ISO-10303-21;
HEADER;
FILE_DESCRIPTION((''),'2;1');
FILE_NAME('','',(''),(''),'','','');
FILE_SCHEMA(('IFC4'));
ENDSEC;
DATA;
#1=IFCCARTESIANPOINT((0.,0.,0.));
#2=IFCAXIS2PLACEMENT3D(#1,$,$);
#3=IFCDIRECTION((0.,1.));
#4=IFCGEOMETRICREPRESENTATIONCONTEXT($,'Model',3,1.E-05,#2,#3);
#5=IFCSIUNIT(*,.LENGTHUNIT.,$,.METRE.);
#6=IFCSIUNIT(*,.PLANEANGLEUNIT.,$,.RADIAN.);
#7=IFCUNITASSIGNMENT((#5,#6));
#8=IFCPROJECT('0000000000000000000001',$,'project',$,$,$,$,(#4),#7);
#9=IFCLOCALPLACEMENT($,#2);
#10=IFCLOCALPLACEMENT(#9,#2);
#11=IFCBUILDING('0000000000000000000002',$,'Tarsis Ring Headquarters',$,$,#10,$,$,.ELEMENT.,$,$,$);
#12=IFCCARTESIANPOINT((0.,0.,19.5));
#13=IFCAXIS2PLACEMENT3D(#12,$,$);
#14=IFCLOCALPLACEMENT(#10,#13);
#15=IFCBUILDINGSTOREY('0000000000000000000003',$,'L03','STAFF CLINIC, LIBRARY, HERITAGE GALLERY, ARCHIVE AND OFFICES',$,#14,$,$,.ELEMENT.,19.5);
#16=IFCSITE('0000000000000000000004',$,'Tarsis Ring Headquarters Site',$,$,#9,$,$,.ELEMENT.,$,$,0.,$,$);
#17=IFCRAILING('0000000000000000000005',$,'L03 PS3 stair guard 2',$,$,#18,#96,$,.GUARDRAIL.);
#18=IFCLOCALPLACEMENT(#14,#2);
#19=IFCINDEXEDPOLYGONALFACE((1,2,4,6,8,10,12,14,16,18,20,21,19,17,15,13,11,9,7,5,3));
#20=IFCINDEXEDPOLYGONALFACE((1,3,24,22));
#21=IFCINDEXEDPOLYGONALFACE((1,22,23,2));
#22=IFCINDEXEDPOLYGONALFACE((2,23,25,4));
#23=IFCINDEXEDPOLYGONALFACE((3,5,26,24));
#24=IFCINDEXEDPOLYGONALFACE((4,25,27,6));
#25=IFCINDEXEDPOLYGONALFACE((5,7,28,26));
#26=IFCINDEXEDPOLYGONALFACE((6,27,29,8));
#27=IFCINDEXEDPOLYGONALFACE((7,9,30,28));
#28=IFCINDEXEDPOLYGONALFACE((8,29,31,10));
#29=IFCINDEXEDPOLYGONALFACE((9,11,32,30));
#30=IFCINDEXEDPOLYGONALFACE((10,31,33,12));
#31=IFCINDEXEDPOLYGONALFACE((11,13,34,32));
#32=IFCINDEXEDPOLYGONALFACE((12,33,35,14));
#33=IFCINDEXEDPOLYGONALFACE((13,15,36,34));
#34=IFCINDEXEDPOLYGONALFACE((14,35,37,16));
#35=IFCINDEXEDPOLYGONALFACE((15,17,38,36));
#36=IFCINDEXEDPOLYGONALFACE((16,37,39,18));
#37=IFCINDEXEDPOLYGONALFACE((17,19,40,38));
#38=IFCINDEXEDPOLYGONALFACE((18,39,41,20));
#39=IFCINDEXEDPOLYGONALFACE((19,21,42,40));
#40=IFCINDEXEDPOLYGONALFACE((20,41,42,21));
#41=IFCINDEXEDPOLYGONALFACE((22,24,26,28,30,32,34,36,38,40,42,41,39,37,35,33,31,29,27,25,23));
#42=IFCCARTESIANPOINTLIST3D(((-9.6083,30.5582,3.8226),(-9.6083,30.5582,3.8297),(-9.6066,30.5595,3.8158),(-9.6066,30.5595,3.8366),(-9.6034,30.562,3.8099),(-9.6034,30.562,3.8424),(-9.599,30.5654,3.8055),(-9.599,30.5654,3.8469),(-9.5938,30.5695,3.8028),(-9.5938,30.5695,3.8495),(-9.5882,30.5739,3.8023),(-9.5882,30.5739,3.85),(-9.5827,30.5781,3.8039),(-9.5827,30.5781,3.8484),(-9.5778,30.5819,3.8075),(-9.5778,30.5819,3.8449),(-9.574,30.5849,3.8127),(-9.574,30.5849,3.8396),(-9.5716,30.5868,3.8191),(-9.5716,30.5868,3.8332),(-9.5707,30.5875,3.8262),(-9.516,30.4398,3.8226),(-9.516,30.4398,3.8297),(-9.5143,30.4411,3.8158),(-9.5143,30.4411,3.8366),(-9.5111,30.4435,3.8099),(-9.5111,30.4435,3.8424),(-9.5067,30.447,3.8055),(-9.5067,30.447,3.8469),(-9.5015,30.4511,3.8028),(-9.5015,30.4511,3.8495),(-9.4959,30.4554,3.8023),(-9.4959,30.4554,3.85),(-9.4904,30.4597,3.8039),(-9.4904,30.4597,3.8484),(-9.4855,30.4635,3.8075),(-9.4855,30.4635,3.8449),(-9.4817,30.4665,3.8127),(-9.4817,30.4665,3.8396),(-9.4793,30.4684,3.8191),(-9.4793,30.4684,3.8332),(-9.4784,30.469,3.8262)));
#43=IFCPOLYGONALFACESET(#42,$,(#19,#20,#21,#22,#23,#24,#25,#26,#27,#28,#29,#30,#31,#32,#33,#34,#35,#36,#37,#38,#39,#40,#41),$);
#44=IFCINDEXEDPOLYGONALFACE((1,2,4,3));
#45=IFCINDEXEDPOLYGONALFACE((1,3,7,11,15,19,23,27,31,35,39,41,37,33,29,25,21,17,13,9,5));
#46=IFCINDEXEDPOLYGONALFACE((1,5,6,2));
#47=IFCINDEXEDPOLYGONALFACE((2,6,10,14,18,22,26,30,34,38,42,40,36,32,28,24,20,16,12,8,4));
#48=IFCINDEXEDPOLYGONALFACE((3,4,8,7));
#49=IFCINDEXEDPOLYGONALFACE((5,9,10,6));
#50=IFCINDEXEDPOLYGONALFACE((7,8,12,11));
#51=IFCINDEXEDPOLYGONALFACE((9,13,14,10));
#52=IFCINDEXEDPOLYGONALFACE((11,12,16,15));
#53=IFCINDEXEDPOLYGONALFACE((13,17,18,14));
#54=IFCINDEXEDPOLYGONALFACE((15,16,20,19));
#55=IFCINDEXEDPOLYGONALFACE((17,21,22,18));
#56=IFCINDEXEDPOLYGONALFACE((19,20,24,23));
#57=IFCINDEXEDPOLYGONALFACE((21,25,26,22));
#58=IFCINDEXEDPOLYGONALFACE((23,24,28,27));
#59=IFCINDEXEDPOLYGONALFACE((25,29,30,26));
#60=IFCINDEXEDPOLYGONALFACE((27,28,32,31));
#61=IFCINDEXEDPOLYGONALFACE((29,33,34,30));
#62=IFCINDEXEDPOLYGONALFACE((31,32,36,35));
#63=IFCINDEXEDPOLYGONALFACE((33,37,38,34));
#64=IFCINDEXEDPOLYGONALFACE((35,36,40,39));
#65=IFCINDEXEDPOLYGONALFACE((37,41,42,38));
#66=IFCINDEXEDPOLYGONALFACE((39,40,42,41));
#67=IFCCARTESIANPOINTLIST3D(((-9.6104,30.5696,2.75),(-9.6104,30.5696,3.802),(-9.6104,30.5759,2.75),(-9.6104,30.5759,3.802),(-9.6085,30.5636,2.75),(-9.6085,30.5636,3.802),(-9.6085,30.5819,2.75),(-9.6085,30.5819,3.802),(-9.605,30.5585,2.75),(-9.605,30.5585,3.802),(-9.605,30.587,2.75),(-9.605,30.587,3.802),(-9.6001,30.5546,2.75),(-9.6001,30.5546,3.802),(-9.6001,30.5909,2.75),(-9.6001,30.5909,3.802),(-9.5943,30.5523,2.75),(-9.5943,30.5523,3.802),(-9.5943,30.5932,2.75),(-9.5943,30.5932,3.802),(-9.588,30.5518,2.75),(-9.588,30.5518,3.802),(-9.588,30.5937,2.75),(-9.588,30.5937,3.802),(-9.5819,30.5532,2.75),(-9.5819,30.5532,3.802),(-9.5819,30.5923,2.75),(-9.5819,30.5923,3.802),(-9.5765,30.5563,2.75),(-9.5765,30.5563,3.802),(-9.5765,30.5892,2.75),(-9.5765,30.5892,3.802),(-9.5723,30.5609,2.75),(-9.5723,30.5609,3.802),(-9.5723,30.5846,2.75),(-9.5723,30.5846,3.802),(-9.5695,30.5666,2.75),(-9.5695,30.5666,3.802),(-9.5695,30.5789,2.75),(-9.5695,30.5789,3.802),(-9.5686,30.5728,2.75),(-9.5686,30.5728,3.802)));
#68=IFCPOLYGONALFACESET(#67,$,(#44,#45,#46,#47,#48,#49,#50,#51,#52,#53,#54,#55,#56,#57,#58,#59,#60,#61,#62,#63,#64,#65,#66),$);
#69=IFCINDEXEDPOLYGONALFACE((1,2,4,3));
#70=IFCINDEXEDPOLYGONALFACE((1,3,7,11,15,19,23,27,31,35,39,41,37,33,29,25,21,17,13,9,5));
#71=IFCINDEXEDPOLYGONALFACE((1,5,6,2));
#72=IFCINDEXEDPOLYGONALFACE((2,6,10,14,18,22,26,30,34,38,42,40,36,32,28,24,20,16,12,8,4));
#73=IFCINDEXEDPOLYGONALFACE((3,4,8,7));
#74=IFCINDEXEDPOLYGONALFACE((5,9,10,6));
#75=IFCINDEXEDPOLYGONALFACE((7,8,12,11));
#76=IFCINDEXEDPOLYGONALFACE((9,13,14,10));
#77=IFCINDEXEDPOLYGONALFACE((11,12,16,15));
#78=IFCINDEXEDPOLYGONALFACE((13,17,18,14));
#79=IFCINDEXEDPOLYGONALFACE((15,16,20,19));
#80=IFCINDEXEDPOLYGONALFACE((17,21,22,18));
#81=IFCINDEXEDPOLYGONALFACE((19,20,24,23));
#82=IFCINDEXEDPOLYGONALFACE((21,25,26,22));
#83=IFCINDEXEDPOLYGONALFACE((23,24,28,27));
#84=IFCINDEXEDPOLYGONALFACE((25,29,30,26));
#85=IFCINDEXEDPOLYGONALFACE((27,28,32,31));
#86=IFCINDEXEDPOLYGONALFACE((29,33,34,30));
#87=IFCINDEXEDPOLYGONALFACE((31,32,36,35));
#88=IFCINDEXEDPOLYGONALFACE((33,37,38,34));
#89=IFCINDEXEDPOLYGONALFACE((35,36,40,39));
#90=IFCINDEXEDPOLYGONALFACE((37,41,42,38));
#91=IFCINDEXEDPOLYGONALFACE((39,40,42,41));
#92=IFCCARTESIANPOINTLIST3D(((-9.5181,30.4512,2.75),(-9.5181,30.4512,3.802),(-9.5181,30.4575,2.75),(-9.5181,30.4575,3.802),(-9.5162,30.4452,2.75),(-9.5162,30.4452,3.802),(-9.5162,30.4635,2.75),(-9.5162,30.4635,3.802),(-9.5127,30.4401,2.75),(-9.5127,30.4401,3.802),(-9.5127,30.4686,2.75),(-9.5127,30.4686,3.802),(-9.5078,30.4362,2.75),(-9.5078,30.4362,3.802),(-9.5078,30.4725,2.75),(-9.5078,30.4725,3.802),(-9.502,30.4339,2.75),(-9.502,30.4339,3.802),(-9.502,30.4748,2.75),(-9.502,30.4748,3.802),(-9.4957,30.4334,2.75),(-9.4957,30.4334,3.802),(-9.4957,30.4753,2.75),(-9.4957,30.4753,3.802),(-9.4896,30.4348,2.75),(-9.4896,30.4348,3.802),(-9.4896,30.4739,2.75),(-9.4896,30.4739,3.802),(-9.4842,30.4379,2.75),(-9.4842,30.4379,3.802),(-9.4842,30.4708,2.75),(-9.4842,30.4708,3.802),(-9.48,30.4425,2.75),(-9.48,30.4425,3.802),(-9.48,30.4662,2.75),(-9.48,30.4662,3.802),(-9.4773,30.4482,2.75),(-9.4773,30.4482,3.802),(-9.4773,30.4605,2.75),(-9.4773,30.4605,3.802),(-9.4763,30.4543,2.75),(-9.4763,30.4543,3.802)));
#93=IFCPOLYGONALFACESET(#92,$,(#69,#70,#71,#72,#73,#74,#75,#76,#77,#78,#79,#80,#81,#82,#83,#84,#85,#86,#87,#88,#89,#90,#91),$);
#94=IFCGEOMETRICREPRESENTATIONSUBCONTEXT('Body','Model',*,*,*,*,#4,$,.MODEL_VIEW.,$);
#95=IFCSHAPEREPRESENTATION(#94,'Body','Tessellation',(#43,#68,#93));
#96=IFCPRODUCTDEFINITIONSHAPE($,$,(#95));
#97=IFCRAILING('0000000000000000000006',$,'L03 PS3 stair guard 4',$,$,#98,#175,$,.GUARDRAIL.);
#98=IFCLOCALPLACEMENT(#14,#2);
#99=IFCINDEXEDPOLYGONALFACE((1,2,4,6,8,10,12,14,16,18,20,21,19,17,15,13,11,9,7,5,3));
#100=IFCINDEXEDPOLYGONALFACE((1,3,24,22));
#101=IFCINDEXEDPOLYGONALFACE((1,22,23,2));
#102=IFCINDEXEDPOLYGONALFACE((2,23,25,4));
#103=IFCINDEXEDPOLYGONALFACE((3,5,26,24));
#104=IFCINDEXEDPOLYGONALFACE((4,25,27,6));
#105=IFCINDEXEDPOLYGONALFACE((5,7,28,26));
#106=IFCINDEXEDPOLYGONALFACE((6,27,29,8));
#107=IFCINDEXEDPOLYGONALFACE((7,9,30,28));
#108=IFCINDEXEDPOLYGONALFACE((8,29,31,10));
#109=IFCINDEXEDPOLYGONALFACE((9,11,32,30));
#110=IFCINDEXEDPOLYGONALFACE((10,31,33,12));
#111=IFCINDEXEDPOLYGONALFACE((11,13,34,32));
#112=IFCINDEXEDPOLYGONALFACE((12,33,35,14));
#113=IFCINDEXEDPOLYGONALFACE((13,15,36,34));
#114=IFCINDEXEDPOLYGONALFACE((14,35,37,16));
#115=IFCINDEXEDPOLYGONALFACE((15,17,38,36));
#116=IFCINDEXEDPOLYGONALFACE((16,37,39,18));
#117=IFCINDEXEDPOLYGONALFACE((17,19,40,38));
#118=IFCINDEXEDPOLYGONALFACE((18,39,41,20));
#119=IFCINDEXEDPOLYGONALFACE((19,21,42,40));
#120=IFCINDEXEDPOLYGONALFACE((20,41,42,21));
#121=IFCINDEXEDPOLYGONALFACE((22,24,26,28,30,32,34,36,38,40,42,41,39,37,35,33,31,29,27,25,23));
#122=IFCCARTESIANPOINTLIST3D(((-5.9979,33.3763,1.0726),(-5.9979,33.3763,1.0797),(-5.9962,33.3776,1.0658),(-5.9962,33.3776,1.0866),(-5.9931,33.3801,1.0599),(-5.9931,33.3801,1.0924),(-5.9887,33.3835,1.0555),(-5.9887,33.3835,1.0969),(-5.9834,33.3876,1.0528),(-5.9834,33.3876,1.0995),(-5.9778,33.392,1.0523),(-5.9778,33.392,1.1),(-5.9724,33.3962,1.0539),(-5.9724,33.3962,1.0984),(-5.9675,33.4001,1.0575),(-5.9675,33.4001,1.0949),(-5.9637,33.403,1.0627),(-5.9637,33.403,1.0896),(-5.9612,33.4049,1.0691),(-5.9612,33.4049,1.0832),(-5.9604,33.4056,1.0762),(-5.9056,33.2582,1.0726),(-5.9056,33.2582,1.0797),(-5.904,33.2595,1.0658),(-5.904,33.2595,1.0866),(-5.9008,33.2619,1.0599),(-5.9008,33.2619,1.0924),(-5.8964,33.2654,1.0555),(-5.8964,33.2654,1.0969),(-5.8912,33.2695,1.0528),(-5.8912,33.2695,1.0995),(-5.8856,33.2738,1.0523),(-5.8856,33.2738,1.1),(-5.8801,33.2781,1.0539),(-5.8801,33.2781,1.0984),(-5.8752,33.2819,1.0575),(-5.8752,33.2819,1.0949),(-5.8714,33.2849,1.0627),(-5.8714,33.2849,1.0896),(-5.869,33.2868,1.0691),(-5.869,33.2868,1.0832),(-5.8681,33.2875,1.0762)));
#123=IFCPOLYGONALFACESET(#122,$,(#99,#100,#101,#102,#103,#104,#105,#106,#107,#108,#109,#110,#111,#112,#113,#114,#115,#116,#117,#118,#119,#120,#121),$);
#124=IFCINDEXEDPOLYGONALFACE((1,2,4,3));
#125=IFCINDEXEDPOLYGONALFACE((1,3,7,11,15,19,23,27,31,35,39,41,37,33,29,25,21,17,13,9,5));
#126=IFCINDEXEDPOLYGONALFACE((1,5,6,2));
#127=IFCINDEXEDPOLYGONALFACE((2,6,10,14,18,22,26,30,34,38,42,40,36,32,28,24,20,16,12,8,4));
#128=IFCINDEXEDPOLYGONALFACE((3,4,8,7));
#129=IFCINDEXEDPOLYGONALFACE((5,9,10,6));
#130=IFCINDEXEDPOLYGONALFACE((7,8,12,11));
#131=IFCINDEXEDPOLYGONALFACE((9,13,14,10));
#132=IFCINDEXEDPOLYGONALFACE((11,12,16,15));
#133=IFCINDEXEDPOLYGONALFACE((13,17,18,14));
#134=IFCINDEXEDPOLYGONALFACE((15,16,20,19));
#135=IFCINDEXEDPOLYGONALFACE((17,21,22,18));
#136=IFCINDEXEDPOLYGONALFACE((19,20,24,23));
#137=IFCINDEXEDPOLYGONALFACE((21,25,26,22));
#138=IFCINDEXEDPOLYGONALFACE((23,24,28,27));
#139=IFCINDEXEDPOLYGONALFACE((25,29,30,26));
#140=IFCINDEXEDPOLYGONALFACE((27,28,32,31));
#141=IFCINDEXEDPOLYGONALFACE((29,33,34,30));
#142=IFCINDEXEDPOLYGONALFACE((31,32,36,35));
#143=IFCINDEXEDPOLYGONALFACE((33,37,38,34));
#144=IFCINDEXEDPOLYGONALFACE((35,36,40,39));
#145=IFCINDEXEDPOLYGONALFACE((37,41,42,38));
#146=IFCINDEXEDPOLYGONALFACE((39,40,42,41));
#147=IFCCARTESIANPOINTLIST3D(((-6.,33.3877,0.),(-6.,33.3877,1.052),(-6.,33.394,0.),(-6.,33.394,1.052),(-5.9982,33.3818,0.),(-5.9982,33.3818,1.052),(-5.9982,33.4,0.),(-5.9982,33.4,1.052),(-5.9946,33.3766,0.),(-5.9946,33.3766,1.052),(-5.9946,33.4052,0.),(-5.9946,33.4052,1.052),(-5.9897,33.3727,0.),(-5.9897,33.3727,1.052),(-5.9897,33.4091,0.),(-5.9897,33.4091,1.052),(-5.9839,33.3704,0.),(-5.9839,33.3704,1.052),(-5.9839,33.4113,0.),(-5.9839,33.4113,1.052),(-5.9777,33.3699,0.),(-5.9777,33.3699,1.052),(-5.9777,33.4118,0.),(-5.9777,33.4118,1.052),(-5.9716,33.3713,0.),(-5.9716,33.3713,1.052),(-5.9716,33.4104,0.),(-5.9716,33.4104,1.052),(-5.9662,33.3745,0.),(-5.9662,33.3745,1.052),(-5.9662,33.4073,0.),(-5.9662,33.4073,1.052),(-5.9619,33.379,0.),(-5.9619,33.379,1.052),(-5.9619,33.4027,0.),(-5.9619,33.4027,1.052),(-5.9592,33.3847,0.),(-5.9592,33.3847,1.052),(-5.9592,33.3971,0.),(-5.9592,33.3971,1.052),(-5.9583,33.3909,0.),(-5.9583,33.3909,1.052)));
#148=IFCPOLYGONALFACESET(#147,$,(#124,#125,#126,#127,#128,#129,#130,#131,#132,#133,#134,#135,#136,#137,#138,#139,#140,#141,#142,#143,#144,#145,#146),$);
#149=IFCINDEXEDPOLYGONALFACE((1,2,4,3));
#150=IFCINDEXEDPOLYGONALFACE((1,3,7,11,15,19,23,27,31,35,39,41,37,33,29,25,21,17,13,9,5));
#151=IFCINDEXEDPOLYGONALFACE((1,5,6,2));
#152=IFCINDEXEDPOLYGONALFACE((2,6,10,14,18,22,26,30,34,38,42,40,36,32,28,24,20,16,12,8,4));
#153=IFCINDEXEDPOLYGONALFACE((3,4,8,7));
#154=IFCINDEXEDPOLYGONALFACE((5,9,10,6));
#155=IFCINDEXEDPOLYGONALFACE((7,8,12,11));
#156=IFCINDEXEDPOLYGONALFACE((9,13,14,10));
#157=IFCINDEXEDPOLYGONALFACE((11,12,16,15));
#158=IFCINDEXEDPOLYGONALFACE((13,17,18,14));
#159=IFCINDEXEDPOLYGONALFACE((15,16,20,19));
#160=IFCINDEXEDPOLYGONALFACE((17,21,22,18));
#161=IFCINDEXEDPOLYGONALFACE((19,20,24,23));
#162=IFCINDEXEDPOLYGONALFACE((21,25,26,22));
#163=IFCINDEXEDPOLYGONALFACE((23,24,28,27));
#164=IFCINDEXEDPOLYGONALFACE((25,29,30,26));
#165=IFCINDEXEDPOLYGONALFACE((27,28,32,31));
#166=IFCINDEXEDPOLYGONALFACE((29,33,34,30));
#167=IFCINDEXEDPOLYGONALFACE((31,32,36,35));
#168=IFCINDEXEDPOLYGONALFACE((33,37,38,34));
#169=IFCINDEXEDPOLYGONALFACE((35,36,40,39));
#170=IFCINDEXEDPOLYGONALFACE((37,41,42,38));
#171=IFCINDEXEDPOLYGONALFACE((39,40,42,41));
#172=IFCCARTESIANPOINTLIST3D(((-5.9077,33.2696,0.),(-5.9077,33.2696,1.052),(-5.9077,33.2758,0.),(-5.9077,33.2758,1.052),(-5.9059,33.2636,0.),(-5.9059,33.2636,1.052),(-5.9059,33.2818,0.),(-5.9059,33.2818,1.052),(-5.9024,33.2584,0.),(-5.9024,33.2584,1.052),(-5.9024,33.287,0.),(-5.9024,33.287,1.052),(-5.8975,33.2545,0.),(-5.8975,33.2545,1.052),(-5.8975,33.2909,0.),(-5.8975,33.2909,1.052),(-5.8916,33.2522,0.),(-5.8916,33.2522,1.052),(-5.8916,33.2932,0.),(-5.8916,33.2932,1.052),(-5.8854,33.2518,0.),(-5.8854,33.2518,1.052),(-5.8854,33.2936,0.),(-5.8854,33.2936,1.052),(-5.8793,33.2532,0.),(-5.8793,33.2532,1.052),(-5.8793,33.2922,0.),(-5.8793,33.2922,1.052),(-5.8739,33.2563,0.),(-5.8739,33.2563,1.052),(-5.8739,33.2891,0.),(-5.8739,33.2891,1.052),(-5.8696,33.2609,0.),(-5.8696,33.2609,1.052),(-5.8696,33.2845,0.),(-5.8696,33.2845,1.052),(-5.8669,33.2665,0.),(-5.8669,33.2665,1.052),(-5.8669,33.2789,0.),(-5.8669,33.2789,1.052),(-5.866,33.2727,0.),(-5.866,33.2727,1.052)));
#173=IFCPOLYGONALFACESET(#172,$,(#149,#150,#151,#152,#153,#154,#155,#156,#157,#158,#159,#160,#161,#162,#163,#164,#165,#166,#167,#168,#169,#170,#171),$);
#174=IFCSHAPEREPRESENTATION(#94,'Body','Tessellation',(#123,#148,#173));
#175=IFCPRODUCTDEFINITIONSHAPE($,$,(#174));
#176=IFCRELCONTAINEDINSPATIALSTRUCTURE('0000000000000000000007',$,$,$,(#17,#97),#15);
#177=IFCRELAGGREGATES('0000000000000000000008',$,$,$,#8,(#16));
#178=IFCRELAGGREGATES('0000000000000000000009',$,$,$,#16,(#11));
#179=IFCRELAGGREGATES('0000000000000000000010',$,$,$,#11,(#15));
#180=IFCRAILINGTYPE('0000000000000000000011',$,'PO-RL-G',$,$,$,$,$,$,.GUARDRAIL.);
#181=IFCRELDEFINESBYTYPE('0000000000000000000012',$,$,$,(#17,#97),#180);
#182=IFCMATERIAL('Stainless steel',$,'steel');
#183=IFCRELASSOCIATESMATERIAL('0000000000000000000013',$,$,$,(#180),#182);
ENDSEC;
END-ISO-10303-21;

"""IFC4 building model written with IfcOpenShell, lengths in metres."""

from ifc_helpers import new_model, si_unit, direction, frame, origin, origin_2d, place, context, subcontext, project, spatial, circle, extrude, material, type_object, element, save


model = new_model("IFC4")

# Units and contexts
model_context = context("Model", 3, precision=1e-05, world=origin(), true_north=direction((0.0, 1.0)))
body_context = subcontext(model_context, "Body", "Model", "MODEL_VIEW")
ifc_project = project(units=[si_unit("LENGTHUNIT", "METRE"), si_unit("PLANEANGLEUNIT", "RADIAN")], contexts=[model_context])

# Site, building, storey
site_placement = place(None, origin())
site = spatial("IfcSite", under=ifc_project, at=site_placement, Name="Tarsis Ring Headquarters Site", CompositionType="ELEMENT", RefElevation=0.0)
building_placement = place(site_placement, origin())
building = spatial("IfcBuilding", under=site, at=building_placement, Name="Tarsis Ring Headquarters", CompositionType="ELEMENT")
storey_placement = place(building_placement, frame((0.0, 0.0, 19.5)))
storey = spatial("IfcBuildingStorey", under=building, at=storey_placement, Name="L03", Description="STAFF CLINIC, LIBRARY, HERITAGE GALLERY, ARCHIVE AND OFFICES", CompositionType="ELEMENT", Elevation=19.5)

# Railings
ifc_material_1 = material(Name="Stainless steel", Category="steel")
railing_type_1 = type_object("IfcRailingType", Name="PO-RL-G", PredefinedType="GUARDRAIL", material=ifc_material_1)
railing_1_placement = place(storey_placement, frame((-9.5896, 30.5728, 2.75)))
element("IfcRailing", 1, at=railing_1_placement, inside=storey, type_object=railing_type_1, Name="L03 PS3 stair guard 2", PredefinedType="GUARDRAIL", context=body_context, shape_type="SweptSolid", body=[
    extrude(circle(Radius=0.0239, at=origin_2d()), frame((0.0, 0.0, 1.0762), z_axis=(0.614728, -0.788739, 0.0), x_axis=(0.788739, 0.614728, 0.0)), (0.0, 0.0, 1.0), 0.1501),
    extrude(circle(Radius=0.021, at=origin_2d()), origin(), (0.0, 0.0, 1.0), 1.052),
    extrude(circle(Radius=0.021, at=origin_2d()), frame((0.0923, -0.1184, 0.0)), (0.0, 0.0, 1.0), 1.052),
])
railing_2_placement = place(storey_placement, frame((-5.9792, 33.3909, 0.0)))
element("IfcRailing", 2, at=railing_2_placement, inside=storey, type_object=railing_type_1, Name="L03 PS3 stair guard 4", PredefinedType="GUARDRAIL", context=body_context, shape_type="SweptSolid", body=[
    extrude(circle(Radius=0.0239, at=origin_2d()), frame((0.0, 0.0, 1.0762), z_axis=(0.615518, -0.788123, 0.0), x_axis=(0.788123, 0.615518, 0.0)), (0.0, 0.0, 1.0), 0.1499),
    extrude(circle(Radius=0.021, at=origin_2d()), origin(), (0.0, 0.0, 1.0), 1.052),
    extrude(circle(Radius=0.021, at=origin_2d()), frame((0.0923, -0.1182, 0.0)), (0.0, 0.0, 1.0), 1.052),
])

save(model, "model.ifc")
